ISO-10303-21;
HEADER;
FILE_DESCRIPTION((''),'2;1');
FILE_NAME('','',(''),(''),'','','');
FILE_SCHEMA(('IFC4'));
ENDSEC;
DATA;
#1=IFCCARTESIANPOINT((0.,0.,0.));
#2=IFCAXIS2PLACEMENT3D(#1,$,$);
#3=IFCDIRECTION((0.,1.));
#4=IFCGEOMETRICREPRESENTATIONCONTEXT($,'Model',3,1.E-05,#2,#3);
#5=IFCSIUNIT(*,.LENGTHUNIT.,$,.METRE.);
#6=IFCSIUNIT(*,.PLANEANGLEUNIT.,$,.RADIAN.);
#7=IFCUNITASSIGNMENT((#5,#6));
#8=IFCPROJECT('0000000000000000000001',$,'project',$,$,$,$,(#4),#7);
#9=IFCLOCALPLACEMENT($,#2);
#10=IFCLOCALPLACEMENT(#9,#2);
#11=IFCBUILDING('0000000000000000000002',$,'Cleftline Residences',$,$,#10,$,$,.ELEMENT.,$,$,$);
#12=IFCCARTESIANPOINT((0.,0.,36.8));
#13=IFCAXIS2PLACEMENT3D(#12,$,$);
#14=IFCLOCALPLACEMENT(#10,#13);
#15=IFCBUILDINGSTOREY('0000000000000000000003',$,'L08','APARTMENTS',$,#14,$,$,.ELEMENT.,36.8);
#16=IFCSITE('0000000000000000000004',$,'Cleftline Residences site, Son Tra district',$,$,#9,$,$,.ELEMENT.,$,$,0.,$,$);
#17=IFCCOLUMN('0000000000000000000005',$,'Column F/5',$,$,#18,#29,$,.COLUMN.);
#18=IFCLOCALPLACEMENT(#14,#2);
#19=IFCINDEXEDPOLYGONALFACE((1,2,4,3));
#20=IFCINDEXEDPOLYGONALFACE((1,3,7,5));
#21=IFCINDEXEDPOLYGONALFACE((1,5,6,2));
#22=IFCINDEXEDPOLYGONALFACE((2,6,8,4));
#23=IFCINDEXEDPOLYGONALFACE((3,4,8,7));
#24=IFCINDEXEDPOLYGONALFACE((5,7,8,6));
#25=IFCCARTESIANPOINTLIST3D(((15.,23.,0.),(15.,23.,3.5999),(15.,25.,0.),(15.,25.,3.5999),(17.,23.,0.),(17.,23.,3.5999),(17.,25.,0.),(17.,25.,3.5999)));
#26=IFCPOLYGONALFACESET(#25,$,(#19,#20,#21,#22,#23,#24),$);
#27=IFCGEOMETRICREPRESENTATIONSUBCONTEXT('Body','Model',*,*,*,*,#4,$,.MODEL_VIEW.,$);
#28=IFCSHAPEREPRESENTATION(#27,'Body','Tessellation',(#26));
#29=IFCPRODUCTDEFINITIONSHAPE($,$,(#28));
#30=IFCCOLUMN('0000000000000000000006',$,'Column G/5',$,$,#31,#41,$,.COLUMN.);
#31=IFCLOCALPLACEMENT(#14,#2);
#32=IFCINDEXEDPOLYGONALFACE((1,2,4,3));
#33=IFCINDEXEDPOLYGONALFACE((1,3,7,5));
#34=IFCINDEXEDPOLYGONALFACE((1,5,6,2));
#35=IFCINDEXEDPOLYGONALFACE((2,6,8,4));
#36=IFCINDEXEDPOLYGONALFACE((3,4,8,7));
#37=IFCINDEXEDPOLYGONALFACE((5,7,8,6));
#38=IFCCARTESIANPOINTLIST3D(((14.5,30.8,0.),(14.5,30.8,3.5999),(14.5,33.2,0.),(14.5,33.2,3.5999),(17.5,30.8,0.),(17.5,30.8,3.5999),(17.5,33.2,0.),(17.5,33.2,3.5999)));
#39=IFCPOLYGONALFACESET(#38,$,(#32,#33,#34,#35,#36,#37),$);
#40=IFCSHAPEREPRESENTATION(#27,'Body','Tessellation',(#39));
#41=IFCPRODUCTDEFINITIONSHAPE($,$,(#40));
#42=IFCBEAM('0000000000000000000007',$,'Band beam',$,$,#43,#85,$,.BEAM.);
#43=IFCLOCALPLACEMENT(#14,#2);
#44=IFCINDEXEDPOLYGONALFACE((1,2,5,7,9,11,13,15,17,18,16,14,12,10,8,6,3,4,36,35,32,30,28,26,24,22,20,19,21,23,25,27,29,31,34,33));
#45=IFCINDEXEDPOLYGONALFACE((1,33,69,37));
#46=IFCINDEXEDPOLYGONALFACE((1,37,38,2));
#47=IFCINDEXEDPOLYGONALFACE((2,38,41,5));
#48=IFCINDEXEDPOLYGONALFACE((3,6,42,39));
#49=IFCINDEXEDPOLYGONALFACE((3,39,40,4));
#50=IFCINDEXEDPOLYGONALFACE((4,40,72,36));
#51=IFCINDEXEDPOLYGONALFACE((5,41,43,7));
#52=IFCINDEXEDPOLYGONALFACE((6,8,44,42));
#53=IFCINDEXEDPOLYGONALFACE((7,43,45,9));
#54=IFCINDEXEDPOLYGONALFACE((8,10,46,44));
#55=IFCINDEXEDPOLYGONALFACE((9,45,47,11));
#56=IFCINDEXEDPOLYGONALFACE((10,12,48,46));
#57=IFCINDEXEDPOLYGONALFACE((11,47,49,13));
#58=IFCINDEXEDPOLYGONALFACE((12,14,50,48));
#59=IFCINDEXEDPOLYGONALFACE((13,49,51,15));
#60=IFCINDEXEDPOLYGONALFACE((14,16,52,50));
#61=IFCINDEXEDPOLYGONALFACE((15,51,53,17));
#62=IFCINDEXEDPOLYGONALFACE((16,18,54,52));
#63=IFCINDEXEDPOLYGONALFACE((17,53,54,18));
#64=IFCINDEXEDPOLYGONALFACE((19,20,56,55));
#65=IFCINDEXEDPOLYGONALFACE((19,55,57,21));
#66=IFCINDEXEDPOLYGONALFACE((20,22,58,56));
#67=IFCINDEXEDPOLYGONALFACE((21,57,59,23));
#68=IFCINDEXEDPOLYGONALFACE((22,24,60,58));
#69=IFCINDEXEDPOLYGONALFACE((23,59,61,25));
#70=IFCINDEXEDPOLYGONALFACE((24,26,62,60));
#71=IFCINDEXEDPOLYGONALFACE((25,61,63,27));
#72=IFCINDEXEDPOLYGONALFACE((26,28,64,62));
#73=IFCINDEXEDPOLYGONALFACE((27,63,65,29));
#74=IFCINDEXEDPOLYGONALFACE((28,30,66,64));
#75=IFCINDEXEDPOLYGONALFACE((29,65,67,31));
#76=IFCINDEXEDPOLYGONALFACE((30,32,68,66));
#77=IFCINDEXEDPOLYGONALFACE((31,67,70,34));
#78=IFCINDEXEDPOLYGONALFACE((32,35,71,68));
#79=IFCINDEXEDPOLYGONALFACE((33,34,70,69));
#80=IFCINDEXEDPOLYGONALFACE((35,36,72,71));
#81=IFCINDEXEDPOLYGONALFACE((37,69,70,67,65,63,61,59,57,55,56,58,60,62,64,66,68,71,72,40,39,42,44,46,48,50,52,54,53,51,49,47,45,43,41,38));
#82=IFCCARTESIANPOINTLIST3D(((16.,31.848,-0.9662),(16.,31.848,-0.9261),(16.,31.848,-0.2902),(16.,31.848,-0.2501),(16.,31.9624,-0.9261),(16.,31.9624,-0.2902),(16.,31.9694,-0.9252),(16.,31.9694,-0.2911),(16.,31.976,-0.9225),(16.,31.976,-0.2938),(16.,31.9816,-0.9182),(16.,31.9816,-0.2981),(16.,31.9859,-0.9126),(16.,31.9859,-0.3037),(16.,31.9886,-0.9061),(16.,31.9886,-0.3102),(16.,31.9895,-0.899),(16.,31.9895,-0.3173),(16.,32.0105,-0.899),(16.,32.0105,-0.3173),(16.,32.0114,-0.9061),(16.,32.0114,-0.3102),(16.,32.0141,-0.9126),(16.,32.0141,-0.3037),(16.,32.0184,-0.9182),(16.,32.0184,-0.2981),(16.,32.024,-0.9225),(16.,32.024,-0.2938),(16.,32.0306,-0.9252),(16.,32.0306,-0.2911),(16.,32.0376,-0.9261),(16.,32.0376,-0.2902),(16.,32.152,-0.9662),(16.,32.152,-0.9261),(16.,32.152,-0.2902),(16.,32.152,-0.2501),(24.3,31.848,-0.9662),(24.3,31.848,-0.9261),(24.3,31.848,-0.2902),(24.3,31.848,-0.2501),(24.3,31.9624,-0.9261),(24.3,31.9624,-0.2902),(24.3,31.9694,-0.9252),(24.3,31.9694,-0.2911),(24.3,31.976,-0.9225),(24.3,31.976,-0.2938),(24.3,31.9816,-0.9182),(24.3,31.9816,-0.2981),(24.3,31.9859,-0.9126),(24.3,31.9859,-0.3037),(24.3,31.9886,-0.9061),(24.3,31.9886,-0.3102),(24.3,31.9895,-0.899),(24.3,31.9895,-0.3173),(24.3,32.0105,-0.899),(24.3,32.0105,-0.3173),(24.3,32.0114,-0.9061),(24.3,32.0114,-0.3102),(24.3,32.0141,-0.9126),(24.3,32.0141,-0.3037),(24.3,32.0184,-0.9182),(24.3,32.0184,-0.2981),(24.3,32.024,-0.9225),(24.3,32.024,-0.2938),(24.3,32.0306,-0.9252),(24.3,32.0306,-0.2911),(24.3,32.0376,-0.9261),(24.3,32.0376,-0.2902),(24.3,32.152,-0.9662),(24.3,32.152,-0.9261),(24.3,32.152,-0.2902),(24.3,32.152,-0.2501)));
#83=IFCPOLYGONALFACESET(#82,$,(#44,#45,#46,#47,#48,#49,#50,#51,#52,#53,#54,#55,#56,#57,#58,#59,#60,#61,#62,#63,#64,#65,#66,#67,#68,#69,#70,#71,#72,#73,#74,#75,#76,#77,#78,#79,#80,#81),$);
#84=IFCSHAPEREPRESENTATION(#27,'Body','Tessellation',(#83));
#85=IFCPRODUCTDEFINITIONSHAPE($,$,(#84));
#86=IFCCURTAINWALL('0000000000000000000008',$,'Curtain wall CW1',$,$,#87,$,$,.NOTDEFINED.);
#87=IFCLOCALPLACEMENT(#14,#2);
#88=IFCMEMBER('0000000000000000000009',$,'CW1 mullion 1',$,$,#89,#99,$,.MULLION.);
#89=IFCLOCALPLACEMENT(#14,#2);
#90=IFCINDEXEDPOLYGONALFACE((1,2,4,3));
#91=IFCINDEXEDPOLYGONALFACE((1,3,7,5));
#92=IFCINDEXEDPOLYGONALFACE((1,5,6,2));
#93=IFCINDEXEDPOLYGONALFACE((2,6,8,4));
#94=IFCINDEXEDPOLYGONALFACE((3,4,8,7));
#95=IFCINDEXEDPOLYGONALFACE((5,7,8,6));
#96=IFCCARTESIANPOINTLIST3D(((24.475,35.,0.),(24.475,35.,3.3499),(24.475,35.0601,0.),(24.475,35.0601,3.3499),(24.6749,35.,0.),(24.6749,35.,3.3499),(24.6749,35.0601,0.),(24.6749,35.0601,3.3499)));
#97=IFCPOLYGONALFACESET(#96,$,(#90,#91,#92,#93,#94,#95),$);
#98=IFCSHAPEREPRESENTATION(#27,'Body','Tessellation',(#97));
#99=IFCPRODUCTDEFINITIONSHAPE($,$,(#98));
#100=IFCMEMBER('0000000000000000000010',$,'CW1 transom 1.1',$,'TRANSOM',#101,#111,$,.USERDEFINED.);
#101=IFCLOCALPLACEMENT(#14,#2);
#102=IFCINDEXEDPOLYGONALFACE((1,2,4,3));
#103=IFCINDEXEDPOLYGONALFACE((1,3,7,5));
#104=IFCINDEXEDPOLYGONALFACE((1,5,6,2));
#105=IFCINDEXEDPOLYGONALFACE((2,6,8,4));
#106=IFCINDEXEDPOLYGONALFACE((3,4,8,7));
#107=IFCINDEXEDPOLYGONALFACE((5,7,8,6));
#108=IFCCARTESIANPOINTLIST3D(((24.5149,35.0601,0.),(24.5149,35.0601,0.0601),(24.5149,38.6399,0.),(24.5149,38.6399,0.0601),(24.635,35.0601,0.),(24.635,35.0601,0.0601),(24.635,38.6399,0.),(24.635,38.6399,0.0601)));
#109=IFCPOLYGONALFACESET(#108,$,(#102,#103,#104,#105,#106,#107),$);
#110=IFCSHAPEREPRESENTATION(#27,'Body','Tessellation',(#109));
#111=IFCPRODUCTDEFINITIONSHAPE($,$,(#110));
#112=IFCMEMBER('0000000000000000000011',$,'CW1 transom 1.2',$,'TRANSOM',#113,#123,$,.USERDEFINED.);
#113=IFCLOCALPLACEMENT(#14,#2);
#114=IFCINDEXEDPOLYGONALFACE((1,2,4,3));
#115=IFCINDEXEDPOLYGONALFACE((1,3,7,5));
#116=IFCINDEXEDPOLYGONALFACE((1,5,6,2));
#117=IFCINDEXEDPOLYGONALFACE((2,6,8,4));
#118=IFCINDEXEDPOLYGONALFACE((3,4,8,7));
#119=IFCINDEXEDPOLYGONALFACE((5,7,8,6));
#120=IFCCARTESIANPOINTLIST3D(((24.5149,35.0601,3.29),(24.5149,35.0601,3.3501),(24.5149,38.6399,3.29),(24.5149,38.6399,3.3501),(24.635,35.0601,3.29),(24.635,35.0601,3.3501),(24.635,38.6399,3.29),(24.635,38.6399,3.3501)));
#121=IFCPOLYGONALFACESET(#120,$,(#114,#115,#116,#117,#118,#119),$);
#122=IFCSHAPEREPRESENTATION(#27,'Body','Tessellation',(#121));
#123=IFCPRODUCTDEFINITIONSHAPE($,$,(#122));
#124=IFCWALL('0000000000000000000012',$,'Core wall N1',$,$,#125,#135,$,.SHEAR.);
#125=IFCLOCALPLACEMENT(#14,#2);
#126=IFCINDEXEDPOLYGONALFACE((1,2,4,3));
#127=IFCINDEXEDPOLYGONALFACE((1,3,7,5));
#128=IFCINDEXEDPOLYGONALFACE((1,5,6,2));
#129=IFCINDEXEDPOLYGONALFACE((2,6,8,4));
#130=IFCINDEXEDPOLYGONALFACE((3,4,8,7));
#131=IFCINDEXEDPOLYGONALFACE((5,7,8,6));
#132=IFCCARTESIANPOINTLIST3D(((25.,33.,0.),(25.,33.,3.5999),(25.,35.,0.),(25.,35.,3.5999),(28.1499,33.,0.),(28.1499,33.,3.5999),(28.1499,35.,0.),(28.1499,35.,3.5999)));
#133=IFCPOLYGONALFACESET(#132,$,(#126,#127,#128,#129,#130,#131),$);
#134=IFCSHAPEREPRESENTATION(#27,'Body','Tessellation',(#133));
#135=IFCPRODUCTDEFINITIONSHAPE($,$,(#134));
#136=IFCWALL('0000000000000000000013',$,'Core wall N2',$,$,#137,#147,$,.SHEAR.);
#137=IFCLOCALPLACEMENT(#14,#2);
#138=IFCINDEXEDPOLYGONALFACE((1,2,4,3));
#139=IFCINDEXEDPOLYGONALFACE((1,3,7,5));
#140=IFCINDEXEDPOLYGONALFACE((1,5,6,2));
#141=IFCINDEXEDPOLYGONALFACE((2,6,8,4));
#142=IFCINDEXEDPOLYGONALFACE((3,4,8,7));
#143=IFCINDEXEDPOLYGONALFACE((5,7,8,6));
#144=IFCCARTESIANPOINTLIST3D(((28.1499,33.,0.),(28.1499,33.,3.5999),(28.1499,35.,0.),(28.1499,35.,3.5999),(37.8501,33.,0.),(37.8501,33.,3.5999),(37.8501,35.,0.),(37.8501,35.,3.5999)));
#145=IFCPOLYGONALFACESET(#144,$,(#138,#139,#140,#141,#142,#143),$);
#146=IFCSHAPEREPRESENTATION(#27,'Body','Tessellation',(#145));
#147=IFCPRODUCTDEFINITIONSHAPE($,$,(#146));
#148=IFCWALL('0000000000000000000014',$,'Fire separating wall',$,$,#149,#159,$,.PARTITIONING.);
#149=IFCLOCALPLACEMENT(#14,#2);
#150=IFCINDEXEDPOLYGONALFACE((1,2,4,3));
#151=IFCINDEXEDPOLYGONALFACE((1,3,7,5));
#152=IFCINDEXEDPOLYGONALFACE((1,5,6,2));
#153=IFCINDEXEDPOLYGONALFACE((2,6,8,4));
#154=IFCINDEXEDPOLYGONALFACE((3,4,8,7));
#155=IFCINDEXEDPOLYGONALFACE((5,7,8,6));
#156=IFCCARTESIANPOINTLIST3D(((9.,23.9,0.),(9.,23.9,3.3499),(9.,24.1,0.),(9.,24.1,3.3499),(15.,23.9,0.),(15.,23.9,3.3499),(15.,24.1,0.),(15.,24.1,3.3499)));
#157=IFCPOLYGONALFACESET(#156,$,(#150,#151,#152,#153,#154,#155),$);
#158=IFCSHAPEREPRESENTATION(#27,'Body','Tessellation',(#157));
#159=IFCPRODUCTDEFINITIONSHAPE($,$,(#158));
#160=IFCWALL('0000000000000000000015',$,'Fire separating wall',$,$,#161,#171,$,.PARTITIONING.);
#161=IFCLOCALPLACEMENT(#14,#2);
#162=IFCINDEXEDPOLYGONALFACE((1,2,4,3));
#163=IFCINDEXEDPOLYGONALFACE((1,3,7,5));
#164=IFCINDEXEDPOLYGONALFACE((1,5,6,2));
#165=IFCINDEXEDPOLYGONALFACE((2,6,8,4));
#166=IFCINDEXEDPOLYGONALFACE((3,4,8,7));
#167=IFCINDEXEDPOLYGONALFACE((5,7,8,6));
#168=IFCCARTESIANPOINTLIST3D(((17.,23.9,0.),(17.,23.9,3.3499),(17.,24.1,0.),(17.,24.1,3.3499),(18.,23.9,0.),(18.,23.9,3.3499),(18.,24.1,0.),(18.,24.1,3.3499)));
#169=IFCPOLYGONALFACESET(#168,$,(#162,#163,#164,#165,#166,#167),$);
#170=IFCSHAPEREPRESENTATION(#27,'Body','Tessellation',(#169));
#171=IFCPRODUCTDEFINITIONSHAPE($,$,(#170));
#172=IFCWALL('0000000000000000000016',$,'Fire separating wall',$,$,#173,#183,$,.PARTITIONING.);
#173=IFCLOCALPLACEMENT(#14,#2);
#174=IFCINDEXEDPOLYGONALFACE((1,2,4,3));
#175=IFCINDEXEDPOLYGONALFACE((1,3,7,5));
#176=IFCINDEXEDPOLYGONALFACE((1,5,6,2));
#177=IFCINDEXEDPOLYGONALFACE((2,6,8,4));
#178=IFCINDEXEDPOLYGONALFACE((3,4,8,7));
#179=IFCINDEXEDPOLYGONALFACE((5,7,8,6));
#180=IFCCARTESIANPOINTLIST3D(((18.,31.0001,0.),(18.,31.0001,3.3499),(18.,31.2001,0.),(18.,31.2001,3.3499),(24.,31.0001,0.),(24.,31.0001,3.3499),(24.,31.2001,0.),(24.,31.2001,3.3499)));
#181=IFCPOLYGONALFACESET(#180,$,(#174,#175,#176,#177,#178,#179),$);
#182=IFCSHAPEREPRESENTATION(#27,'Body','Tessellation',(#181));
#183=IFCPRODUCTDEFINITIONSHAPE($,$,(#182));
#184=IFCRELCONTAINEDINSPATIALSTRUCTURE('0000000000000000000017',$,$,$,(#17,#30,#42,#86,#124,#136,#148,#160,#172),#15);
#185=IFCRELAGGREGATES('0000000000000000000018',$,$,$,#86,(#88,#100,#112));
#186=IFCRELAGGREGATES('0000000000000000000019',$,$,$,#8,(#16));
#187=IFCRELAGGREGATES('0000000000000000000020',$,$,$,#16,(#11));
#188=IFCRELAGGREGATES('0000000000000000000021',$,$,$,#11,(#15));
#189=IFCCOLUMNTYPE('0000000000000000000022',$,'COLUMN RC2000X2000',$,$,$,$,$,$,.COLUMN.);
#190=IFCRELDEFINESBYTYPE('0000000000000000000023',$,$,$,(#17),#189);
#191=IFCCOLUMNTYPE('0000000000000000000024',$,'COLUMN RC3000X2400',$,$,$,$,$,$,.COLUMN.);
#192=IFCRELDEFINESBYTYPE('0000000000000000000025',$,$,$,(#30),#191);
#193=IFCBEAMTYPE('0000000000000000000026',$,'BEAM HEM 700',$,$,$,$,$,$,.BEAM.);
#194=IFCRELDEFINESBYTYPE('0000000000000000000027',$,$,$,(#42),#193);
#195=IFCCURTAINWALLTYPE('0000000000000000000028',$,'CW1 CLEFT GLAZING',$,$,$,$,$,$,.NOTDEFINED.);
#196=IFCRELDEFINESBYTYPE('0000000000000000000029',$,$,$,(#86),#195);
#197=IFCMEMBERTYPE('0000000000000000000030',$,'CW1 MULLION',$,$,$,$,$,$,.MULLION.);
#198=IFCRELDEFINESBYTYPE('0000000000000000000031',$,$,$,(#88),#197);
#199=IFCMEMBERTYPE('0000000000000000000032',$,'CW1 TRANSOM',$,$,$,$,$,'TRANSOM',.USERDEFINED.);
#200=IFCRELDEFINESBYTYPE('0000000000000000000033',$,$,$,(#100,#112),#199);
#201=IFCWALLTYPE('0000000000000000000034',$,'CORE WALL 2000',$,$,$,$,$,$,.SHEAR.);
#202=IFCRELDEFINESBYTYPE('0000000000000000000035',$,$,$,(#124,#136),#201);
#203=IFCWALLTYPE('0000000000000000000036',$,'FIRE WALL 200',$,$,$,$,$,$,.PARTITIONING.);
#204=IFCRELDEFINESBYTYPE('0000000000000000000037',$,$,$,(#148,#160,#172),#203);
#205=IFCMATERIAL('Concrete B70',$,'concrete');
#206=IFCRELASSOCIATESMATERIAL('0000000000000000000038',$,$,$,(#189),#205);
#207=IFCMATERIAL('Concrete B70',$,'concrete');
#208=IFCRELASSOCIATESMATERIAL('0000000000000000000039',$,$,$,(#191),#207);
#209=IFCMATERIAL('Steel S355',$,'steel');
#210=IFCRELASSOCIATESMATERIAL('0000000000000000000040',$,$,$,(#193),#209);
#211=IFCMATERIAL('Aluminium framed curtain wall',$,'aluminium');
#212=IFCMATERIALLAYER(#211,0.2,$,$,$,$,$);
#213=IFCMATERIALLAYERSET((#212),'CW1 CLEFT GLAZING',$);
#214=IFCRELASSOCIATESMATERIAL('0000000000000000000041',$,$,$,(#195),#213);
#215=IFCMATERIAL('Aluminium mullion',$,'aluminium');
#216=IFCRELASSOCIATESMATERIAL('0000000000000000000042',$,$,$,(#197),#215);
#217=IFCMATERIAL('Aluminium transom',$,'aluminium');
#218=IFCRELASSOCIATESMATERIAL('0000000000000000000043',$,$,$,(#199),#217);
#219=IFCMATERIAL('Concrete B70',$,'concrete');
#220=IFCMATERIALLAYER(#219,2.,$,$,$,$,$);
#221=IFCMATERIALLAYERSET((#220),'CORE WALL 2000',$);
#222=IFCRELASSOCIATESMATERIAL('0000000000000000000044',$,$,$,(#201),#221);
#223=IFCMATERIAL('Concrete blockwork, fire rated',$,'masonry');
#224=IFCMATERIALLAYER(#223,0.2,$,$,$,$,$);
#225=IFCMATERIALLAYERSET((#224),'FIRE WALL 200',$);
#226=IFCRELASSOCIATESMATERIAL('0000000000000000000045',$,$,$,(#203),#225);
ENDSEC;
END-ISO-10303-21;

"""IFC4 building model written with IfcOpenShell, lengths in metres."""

from ifc_helpers import new_model, si_unit, direction, frame, frame_2d, origin, origin_2d, place, context, subcontext, project, spatial, rectangle, i_section, extrude, material, layer, layer_set, material_profile, profile_set, type_object, element, aggregate, save


model = new_model("IFC4")

# Units and contexts
model_context = context("Model", 3, precision=1e-05, world=origin(), true_north=direction((0.0, 1.0)))
body_context = subcontext(model_context, "Body", "Model", "MODEL_VIEW")
ifc_project = project(units=[si_unit("LENGTHUNIT", "METRE"), si_unit("PLANEANGLEUNIT", "RADIAN")], contexts=[model_context])

# Site, building, storey
site_placement = place(None, origin())
site = spatial("IfcSite", under=ifc_project, at=site_placement, Name="Cleftline Residences site, Son Tra district", CompositionType="ELEMENT", RefElevation=0.0)
building_placement = place(site_placement, origin())
building = spatial("IfcBuilding", under=site, at=building_placement, Name="Cleftline Residences", CompositionType="ELEMENT")
storey_placement = place(building_placement, frame((0.0, 0.0, 36.8)))
storey = spatial("IfcBuildingStorey", under=building, at=storey_placement, Name="L08", Description="APARTMENTS", CompositionType="ELEMENT", Elevation=36.8)

# Columns
ifc_material_1 = material(Name="Concrete B70", Category="concrete")
ifc_material_profile_1 = material_profile(ifc_material_1, rectangle(XDim=2.0, YDim=2.0, at=origin_2d()))
ifc_profile_set_1 = profile_set([ifc_material_profile_1], Name="Concrete B70")
column_type_1 = type_object("IfcColumnType", Name="COLUMN RC2000X2000", PredefinedType="COLUMN", material=ifc_profile_set_1)
column_1_placement = place(storey_placement, frame((16.0, 24.0, 0.0), z_axis=(0.0, 0.0, 1.0), x_axis=(1.0, 0.0, 0.0)))
element("IfcColumn", 1, at=column_1_placement, inside=storey, type_object=column_type_1, Name="Column F/5", PredefinedType="COLUMN", context=body_context, shape_type="SweptSolid", body=[
    extrude(rectangle(XDim=2.0, YDim=2.0, at=origin_2d()), origin(), (0.0, 0.0, 1.0), 3.5999),
])
ifc_material_2 = material(Name="Concrete B70", Category="concrete")
ifc_material_profile_2 = material_profile(ifc_material_2, rectangle(XDim=3.0, YDim=2.3999, at=origin_2d()))
ifc_profile_set_2 = profile_set([ifc_material_profile_2], Name="Concrete B70")
column_type_2 = type_object("IfcColumnType", Name="COLUMN RC3000X2400", PredefinedType="COLUMN", material=ifc_profile_set_2)
column_2_placement = place(storey_placement, frame((16.0, 32.0, 0.0), z_axis=(0.0, 0.0, 1.0), x_axis=(1.0, 0.0, 0.0)))
element("IfcColumn", 2, at=column_2_placement, inside=storey, type_object=column_type_2, Name="Column G/5", PredefinedType="COLUMN", context=body_context, shape_type="SweptSolid", body=[
    extrude(rectangle(XDim=3.0, YDim=2.3999, at=origin_2d()), origin(), (0.0, 0.0, 1.0), 3.5999),
])

# Beam
ifc_material_3 = material(Name="Steel S355", Category="steel")
ifc_material_profile_3 = material_profile(ifc_material_3, i_section(OverallWidth=0.304, OverallDepth=0.7161, WebThickness=0.021, FlangeThickness=0.04, FilletRadius=0.0271, at=origin_2d()))
ifc_profile_set_3 = profile_set([ifc_material_profile_3], Name="Steel S355")
beam_type = type_object("IfcBeamType", Name="BEAM HEM 700", PredefinedType="BEAM", material=ifc_profile_set_3)
beam_placement = place(storey_placement, frame((16.0, 32.0, -0.6082), z_axis=(1.0, 0.0, 0.0), x_axis=(0.0, 1.0, 0.0)))
element("IfcBeam", 3, at=beam_placement, inside=storey, type_object=beam_type, Name="Band beam", PredefinedType="BEAM", context=body_context, shape_type="SweptSolid", body=[
    extrude(i_section(OverallWidth=0.304, OverallDepth=0.7161, WebThickness=0.021, FlangeThickness=0.04, FilletRadius=0.0271, at=origin_2d()), origin(), (0.0, 0.0, 1.0), 8.3),
])

# Curtain wall, members
ifc_material_4 = material(Name="Aluminium framed curtain wall", Category="aluminium")
ifc_layer_1 = layer(ifc_material_4, 0.2)
ifc_layer_set_1 = layer_set([ifc_layer_1], Name="CW1 CLEFT GLAZING")
curtain_wall_type = type_object("IfcCurtainWallType", Name="CW1 CLEFT GLAZING", PredefinedType="NOTDEFINED", material=ifc_layer_set_1)
curtain_wall_placement = place(storey_placement, origin())
curtain_wall = element("IfcCurtainWall", 4, at=curtain_wall_placement, inside=storey, type_object=curtain_wall_type, Name="Curtain wall CW1", PredefinedType="NOTDEFINED")
ifc_material_5 = material(Name="Aluminium mullion", Category="aluminium")
ifc_material_profile_4 = material_profile(ifc_material_5, rectangle(XDim=0.2, YDim=0.0601, at=origin_2d()))
ifc_profile_set_4 = profile_set([ifc_material_profile_4], Name="Aluminium mullion")
member_type_1 = type_object("IfcMemberType", Name="CW1 MULLION", PredefinedType="MULLION", material=ifc_profile_set_4)
member_1_placement = place(storey_placement, frame((24.575, 35.03, 0.0), z_axis=(0.0, 0.0, 1.0), x_axis=(-1.0, 0.0, 0.0)))
member_1 = element("IfcMember", 5, at=member_1_placement, type_object=member_type_1, Name="CW1 mullion 1", PredefinedType="MULLION", context=body_context, shape_type="SweptSolid", body=[
    extrude(rectangle(XDim=0.2, YDim=0.0601, at=origin_2d()), origin(), (0.0, 0.0, 1.0), 3.3499),
])
ifc_material_6 = material(Name="Aluminium transom", Category="aluminium")
ifc_material_profile_5 = material_profile(ifc_material_6, rectangle(XDim=0.1201, YDim=0.0601, at=origin_2d()))
ifc_profile_set_5 = profile_set([ifc_material_profile_5], Name="Aluminium transom")
member_type_2 = type_object("IfcMemberType", Name="CW1 TRANSOM", ElementType="TRANSOM", PredefinedType="USERDEFINED", material=ifc_profile_set_5)
member_2_placement = place(storey_placement, frame((24.575, 35.0601, 0.03), z_axis=(0.0, 1.0, 0.0), x_axis=(-1.0, 0.0, 0.0)))
member_2 = element("IfcMember", 6, at=member_2_placement, type_object=member_type_2, Name="CW1 transom 1.1", ObjectType="TRANSOM", PredefinedType="USERDEFINED", context=body_context, shape_type="SweptSolid", body=[
    extrude(rectangle(XDim=0.1201, YDim=0.0601, at=origin_2d()), origin(), (0.0, 0.0, 1.0), 3.5798),
])
member_3_placement = place(storey_placement, frame((24.575, 35.0601, 3.3201), z_axis=(0.0, 1.0, 0.0), x_axis=(-1.0, 0.0, 0.0)))
member_3 = element("IfcMember", 7, at=member_3_placement, type_object=member_type_2, Name="CW1 transom 1.2", ObjectType="TRANSOM", PredefinedType="USERDEFINED", context=body_context, shape_type="SweptSolid", body=[
    extrude(rectangle(XDim=0.1201, YDim=0.0601, at=origin_2d()), origin(), (0.0, 0.0, 1.0), 3.5798),
])
aggregate(curtain_wall, [member_1, member_2, member_3])

# Walls
ifc_material_7 = material(Name="Concrete B70", Category="concrete")
ifc_layer_2 = layer(ifc_material_7, 2.0)
ifc_layer_set_2 = layer_set([ifc_layer_2], Name="CORE WALL 2000")
wall_type_1 = type_object("IfcWallType", Name="CORE WALL 2000", PredefinedType="SHEAR", material=ifc_layer_set_2)
wall_1_placement = place(storey_placement, frame((25.0, 34.0, 0.0), z_axis=(0.0, 0.0, 1.0), x_axis=(1.0, 0.0, 0.0)))
element("IfcWall", 8, at=wall_1_placement, inside=storey, type_object=wall_type_1, Name="Core wall N1", PredefinedType="SHEAR", context=body_context, shape_type="SweptSolid", body=[
    extrude(rectangle(XDim=3.1499, YDim=2.0, at=frame_2d((1.575, 0.0))), origin(), (0.0, 0.0, 1.0), 3.5999),
])
wall_2_placement = place(storey_placement, frame((28.1499, 34.0, 0.0), z_axis=(0.0, 0.0, 1.0), x_axis=(1.0, 0.0, 0.0)))
element("IfcWall", 9, at=wall_2_placement, inside=storey, type_object=wall_type_1, Name="Core wall N2", PredefinedType="SHEAR", context=body_context, shape_type="SweptSolid", body=[
    extrude(rectangle(XDim=9.7002, YDim=2.0, at=frame_2d((4.8501, 0.0))), origin(), (0.0, 0.0, 1.0), 3.5999),
])
ifc_material_8 = material(Name="Concrete blockwork, fire rated", Category="masonry")
ifc_layer_3 = layer(ifc_material_8, 0.2)
ifc_layer_set_3 = layer_set([ifc_layer_3], Name="FIRE WALL 200")
wall_type_2 = type_object("IfcWallType", Name="FIRE WALL 200", PredefinedType="PARTITIONING", material=ifc_layer_set_3)
wall_3_placement = place(storey_placement, frame((9.0, 24.0, 0.0), z_axis=(0.0, 0.0, 1.0), x_axis=(1.0, 0.0, 0.0)))
element("IfcWall", 10, at=wall_3_placement, inside=storey, type_object=wall_type_2, Name="Fire separating wall", PredefinedType="PARTITIONING", context=body_context, shape_type="SweptSolid", body=[
    extrude(rectangle(XDim=6.0, YDim=0.2, at=frame_2d((3.0, 0.0))), origin(), (0.0, 0.0, 1.0), 3.3499),
])
wall_4_placement = place(storey_placement, frame((17.0, 24.0, 0.0), z_axis=(0.0, 0.0, 1.0), x_axis=(1.0, 0.0, 0.0)))
element("IfcWall", 11, at=wall_4_placement, inside=storey, type_object=wall_type_2, Name="Fire separating wall", PredefinedType="PARTITIONING", context=body_context, shape_type="SweptSolid", body=[
    extrude(rectangle(XDim=1.0, YDim=0.2, at=frame_2d((0.5, 0.0))), origin(), (0.0, 0.0, 1.0), 3.3499),
])
wall_5_placement = place(storey_placement, frame((18.0, 31.1001, 0.0), z_axis=(0.0, 0.0, 1.0), x_axis=(1.0, 0.0, 0.0)))
element("IfcWall", 12, at=wall_5_placement, inside=storey, type_object=wall_type_2, Name="Fire separating wall", PredefinedType="PARTITIONING", context=body_context, shape_type="SweptSolid", body=[
    extrude(rectangle(XDim=6.0, YDim=0.2, at=frame_2d((3.0, 0.0))), origin(), (0.0, 0.0, 1.0), 3.3499),
])

save(model, "model.ifc")
